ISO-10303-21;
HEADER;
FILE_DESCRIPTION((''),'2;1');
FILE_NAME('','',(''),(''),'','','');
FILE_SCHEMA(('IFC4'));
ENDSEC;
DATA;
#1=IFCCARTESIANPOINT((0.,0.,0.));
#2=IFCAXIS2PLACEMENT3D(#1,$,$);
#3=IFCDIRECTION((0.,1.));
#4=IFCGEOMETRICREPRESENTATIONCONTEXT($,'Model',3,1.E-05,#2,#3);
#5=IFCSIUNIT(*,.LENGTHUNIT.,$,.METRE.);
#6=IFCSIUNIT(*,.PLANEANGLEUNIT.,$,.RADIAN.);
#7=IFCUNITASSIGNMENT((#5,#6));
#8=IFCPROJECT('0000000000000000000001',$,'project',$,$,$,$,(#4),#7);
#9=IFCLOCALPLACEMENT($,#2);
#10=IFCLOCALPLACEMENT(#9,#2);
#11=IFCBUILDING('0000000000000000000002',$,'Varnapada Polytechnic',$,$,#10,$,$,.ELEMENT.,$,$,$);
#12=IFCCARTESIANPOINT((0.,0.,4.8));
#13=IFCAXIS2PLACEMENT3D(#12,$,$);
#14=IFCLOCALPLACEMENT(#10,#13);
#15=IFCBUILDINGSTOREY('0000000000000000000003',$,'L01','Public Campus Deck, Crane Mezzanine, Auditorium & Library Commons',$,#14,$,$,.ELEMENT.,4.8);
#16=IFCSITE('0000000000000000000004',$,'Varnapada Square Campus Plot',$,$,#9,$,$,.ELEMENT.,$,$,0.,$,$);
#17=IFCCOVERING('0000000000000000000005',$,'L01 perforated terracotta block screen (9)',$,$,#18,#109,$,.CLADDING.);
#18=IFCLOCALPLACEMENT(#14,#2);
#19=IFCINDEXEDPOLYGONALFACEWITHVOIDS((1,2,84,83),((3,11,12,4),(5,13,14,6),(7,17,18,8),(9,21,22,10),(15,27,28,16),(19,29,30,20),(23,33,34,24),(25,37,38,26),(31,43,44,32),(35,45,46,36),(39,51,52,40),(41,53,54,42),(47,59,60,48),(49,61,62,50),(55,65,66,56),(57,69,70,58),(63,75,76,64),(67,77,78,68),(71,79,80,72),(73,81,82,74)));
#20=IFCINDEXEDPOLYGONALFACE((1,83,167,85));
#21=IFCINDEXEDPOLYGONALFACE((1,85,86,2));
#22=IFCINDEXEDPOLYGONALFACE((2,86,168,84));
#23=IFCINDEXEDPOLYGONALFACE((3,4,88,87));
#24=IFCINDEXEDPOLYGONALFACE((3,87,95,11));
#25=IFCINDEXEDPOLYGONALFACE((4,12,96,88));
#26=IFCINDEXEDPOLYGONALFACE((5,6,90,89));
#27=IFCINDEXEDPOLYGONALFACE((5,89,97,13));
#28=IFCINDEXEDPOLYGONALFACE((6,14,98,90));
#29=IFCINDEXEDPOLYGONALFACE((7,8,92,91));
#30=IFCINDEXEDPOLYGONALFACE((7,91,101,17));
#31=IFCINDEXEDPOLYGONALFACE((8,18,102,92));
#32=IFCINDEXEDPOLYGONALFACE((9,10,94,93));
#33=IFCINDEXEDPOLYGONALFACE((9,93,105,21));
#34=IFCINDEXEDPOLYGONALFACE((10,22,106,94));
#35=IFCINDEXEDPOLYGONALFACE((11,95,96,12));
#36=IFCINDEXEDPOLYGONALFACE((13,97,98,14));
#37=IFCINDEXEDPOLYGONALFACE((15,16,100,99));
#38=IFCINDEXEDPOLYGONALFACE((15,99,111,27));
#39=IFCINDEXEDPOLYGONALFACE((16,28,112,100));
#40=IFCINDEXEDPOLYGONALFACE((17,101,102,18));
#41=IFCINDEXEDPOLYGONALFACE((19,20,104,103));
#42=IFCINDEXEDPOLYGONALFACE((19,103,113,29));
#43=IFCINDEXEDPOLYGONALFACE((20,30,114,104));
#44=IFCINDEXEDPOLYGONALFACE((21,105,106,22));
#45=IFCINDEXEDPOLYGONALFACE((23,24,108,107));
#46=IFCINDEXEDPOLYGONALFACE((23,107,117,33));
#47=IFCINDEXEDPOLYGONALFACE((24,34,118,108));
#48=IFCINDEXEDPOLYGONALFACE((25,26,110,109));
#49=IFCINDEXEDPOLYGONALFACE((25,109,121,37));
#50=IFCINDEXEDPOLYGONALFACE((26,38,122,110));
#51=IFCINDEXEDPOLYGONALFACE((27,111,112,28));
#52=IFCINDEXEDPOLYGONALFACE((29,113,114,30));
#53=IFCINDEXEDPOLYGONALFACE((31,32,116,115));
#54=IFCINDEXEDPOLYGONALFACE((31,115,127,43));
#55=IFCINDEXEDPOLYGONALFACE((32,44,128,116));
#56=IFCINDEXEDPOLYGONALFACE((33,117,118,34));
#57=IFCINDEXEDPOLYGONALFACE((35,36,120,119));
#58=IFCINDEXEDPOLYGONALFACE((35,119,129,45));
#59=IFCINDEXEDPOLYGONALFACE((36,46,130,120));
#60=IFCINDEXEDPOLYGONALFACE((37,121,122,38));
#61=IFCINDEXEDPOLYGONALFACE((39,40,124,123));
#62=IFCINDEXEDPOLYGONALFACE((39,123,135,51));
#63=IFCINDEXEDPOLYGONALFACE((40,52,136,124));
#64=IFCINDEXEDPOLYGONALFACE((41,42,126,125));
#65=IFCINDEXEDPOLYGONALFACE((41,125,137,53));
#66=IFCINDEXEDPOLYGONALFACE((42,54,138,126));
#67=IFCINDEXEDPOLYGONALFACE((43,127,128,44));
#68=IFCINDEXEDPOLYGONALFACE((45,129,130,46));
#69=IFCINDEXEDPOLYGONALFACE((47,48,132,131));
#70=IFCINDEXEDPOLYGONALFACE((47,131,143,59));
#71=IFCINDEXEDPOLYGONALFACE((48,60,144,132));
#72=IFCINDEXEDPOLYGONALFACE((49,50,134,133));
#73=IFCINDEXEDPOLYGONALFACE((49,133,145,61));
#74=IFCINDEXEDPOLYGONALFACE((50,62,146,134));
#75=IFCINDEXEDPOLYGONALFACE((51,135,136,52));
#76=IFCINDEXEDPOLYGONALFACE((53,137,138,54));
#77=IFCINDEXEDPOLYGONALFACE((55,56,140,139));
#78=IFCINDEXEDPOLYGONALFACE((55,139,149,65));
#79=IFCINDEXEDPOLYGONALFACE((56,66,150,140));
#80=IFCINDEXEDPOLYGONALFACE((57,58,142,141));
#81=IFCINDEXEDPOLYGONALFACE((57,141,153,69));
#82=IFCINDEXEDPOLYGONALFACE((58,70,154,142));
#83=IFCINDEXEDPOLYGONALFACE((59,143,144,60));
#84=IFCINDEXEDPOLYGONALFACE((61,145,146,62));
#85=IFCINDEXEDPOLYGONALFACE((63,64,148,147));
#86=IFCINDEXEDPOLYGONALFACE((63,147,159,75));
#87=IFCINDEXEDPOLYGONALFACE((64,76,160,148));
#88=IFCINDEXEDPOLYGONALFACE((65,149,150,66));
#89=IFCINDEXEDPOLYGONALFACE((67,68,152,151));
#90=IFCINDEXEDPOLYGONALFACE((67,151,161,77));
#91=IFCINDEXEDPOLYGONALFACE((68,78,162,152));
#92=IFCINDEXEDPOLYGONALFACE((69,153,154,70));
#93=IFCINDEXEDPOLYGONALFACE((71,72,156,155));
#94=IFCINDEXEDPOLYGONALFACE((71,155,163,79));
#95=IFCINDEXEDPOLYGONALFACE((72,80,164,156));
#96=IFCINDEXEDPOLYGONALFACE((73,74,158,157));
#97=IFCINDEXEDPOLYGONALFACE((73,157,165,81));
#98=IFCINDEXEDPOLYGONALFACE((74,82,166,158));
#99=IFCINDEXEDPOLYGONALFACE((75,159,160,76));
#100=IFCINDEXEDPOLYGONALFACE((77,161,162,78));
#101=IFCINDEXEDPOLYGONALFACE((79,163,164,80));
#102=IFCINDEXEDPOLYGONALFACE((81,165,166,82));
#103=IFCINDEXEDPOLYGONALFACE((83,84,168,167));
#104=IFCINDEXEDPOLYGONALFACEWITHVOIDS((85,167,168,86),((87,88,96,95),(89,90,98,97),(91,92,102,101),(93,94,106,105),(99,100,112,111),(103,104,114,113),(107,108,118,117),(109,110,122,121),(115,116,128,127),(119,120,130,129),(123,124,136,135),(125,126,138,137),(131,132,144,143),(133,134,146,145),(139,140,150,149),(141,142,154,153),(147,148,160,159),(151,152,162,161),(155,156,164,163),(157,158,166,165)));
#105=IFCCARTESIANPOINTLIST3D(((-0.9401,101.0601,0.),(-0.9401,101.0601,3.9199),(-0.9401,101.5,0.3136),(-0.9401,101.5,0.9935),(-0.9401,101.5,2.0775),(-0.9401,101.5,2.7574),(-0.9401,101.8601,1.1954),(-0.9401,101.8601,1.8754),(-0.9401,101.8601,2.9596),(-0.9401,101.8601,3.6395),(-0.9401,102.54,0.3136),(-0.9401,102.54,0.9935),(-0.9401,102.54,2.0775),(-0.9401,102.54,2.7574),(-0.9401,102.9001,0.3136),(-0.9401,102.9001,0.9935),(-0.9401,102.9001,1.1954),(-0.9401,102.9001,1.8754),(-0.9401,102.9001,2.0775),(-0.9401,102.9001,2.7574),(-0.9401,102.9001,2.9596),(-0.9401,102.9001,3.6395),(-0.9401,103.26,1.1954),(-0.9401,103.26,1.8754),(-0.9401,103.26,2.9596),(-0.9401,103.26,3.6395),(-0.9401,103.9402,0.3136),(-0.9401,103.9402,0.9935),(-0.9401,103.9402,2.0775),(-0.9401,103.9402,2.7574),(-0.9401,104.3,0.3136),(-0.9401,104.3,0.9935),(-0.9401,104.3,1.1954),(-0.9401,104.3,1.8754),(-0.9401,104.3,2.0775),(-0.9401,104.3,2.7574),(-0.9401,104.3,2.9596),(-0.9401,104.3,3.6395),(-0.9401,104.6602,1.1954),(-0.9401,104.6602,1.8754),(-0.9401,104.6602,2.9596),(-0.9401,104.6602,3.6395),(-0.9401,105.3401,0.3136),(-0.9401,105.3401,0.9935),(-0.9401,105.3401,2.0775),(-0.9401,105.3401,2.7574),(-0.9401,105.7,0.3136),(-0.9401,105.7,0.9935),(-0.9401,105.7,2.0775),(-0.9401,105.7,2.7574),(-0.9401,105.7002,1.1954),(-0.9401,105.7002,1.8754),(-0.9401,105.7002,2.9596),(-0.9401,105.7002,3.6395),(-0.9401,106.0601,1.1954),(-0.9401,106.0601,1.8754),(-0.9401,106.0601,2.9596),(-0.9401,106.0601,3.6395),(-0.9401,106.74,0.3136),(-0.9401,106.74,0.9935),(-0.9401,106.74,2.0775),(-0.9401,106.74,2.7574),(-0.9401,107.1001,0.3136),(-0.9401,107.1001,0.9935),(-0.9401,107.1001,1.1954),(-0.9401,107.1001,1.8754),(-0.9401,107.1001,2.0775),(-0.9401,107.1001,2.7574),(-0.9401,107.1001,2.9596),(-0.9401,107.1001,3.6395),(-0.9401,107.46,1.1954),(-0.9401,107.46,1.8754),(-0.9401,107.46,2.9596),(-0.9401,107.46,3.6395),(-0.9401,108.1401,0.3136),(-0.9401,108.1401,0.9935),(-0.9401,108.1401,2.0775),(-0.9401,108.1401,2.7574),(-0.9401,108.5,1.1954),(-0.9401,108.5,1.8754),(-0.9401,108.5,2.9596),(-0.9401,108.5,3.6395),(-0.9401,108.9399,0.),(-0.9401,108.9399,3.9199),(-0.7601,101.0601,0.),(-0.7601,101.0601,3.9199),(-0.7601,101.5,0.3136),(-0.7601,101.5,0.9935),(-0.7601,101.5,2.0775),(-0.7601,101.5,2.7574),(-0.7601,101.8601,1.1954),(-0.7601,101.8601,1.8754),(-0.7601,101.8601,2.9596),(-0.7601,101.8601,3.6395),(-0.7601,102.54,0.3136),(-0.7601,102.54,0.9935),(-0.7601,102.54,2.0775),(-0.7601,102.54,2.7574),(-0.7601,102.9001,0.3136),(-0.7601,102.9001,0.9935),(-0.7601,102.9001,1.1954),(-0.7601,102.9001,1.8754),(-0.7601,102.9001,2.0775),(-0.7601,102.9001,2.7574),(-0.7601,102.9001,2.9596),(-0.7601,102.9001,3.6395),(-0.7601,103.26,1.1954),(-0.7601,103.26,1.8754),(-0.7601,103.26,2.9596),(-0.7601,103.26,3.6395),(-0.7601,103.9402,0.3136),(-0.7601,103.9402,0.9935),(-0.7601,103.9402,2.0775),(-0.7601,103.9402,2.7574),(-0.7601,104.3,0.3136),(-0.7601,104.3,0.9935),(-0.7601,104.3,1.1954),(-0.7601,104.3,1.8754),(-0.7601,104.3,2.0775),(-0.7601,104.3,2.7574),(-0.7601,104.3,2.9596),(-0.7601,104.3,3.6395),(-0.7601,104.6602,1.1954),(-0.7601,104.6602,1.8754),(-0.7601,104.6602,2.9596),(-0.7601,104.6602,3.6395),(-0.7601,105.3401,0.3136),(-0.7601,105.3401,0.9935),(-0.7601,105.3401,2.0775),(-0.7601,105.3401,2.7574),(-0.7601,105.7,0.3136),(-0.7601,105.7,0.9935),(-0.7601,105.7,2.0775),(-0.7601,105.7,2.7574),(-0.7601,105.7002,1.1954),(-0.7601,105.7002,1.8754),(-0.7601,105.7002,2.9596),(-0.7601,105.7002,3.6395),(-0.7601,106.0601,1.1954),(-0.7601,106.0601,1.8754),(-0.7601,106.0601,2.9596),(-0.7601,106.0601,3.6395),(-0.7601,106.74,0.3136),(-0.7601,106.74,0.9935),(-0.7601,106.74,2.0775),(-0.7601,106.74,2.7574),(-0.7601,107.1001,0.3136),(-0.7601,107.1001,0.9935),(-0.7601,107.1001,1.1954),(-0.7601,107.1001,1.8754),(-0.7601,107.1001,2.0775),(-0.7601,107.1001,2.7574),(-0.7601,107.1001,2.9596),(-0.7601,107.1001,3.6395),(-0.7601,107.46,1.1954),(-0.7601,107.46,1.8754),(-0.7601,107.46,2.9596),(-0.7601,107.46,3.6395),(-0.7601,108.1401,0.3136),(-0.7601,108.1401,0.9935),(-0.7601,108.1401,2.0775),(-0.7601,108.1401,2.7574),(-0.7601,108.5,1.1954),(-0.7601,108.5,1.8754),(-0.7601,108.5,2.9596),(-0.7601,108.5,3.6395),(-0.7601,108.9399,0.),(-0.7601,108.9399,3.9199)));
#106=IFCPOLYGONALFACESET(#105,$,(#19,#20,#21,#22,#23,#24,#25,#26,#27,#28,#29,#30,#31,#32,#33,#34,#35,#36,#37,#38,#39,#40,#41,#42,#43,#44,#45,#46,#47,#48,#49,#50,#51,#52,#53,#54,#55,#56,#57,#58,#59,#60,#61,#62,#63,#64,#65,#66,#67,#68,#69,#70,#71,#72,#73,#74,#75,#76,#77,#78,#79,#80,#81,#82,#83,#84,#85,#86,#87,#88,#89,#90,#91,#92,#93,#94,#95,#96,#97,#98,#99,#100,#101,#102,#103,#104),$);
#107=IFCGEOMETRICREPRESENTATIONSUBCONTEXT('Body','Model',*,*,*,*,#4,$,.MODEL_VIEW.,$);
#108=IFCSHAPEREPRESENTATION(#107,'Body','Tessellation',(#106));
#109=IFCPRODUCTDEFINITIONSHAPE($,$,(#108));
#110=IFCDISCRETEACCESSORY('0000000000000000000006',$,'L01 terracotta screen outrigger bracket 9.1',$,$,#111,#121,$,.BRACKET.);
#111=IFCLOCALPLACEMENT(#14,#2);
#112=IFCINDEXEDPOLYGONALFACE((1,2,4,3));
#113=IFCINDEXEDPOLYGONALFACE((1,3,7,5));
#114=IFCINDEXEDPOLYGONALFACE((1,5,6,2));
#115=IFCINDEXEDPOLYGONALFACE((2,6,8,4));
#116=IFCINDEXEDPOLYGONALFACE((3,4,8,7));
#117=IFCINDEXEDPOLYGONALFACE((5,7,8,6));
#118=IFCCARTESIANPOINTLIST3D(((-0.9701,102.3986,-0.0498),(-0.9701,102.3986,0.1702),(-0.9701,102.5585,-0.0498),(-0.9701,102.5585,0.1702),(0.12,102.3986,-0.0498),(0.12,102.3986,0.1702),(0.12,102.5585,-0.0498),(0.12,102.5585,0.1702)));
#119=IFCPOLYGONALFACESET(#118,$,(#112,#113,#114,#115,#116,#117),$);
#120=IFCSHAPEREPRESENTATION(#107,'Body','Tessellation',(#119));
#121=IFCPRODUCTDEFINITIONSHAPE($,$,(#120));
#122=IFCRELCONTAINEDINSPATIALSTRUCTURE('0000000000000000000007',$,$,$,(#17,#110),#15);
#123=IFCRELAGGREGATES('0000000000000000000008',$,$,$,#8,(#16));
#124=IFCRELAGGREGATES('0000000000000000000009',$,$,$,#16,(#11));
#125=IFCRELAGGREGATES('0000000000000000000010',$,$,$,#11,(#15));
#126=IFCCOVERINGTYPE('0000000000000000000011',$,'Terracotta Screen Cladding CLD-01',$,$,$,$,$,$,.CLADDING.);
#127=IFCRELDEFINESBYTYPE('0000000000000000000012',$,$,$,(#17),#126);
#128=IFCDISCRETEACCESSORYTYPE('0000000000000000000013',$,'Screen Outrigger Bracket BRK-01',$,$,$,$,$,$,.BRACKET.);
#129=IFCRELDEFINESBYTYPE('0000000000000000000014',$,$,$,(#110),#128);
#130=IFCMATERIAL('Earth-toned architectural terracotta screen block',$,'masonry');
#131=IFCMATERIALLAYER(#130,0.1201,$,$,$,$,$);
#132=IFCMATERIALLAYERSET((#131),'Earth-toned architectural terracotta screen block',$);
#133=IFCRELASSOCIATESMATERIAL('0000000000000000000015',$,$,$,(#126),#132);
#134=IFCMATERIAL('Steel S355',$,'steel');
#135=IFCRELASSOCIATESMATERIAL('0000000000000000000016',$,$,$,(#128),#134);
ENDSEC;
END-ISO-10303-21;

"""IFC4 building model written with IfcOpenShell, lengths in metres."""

from ifc_helpers import new_model, si_unit, direction, frame, frame_2d, origin, origin_2d, place, context, subcontext, project, spatial, rectangle, extrude, material, layer, layer_set, type_object, element, save


model = new_model("IFC4")

# Units and contexts
model_context = context("Model", 3, precision=1e-05, world=origin(), true_north=direction((0.0, 1.0)))
body_context = subcontext(model_context, "Body", "Model", "MODEL_VIEW")
ifc_project = project(units=[si_unit("LENGTHUNIT", "METRE"), si_unit("PLANEANGLEUNIT", "RADIAN")], contexts=[model_context])

# Site, building, storey
site_placement = place(None, origin())
site = spatial("IfcSite", under=ifc_project, at=site_placement, Name="Varnapada Square Campus Plot", CompositionType="ELEMENT", RefElevation=0.0)
building_placement = place(site_placement, origin())
building = spatial("IfcBuilding", under=site, at=building_placement, Name="Varnapada Polytechnic", CompositionType="ELEMENT")
storey_placement = place(building_placement, frame((0.0, 0.0, 4.8)))
storey = spatial("IfcBuildingStorey", under=building, at=storey_placement, Name="L01", Description="Public Campus Deck, Crane Mezzanine, Auditorium & Library Commons", CompositionType="ELEMENT", Elevation=4.8)

# Covering, openings
ifc_material_1 = material(Name="Earth-toned architectural terracotta screen block", Category="masonry")
ifc_layer_1 = layer(ifc_material_1, 0.1201)
ifc_layer_set_1 = layer_set([ifc_layer_1], Name="Earth-toned architectural terracotta screen block")
covering_type = type_object("IfcCoveringType", Name="Terracotta Screen Cladding CLD-01", PredefinedType="CLADDING", material=ifc_layer_set_1)
covering_placement = place(storey_placement, frame((-0.8501, 101.0601, 0.0), z_axis=(0.0, 0.0, 1.0), x_axis=(0.0, 1.0, 0.0)))
covering = element("IfcCovering", 1, at=covering_placement, inside=storey, type_object=covering_type, Name="L01 perforated terracotta block screen (9)", PredefinedType="CLADDING", context=body_context, shape_type="SweptSolid", body=[
    extrude(rectangle(XDim=7.8799, YDim=0.1799, at=frame_2d((3.9399, 0.0))), origin(), (0.0, 0.0, 1.0), 3.9199),
])
opening_1_placement = place(covering_placement, frame((0.4399, 0.0, 0.3137)))
element("IfcOpeningElement", 2, at=opening_1_placement, cuts=covering, PredefinedType="OPENING", context=body_context, shape_type="SweptSolid", body=[
    extrude(rectangle(XDim=1.04, YDim=0.6799, at=frame_2d((0.52, 0.3398))), frame((0.0, 0.0999, 0.0), z_axis=(0.0, -1.0, 0.0), x_axis=(1.0, 0.0, 0.0)), (0.0, 0.0, 1.0), 0.2),
])
opening_2_placement = place(covering_placement, frame((1.8401, 0.0, 0.3137)))
element("IfcOpeningElement", 3, at=opening_2_placement, cuts=covering, PredefinedType="OPENING", context=body_context, shape_type="SweptSolid", body=[
    extrude(rectangle(XDim=1.04, YDim=0.6799, at=frame_2d((0.52, 0.3398))), frame((0.0, 0.0999, 0.0), z_axis=(0.0, -1.0, 0.0), x_axis=(1.0, 0.0, 0.0)), (0.0, 0.0, 1.0), 0.2),
])
opening_3_placement = place(covering_placement, frame((3.24, 0.0, 0.3137)))
element("IfcOpeningElement", 4, at=opening_3_placement, cuts=covering, PredefinedType="OPENING", context=body_context, shape_type="SweptSolid", body=[
    extrude(rectangle(XDim=1.04, YDim=0.6799, at=frame_2d((0.52, 0.3398))), frame((0.0, 0.0999, 0.0), z_axis=(0.0, -1.0, 0.0), x_axis=(1.0, 0.0, 0.0)), (0.0, 0.0, 1.0), 0.2),
])
opening_4_placement = place(covering_placement, frame((4.6399, 0.0, 0.3137)))
element("IfcOpeningElement", 5, at=opening_4_placement, cuts=covering, PredefinedType="OPENING", context=body_context, shape_type="SweptSolid", body=[
    extrude(rectangle(XDim=1.04, YDim=0.6799, at=frame_2d((0.52, 0.3398))), frame((0.0, 0.0999, 0.0), z_axis=(0.0, -1.0, 0.0), x_axis=(1.0, 0.0, 0.0)), (0.0, 0.0, 1.0), 0.2),
])
opening_5_placement = place(covering_placement, frame((6.04, 0.0, 0.3137)))
element("IfcOpeningElement", 6, at=opening_5_placement, cuts=covering, PredefinedType="OPENING", context=body_context, shape_type="SweptSolid", body=[
    extrude(rectangle(XDim=1.04, YDim=0.6799, at=frame_2d((0.52, 0.3398))), frame((0.0, 0.0999, 0.0), z_axis=(0.0, -1.0, 0.0), x_axis=(1.0, 0.0, 0.0)), (0.0, 0.0, 1.0), 0.2),
])
opening_6_placement = place(covering_placement, frame((0.8, 0.0, 1.1956)))
element("IfcOpeningElement", 7, at=opening_6_placement, cuts=covering, PredefinedType="OPENING", context=body_context, shape_type="SweptSolid", body=[
    extrude(rectangle(XDim=1.04, YDim=0.6799, at=frame_2d((0.52, 0.3398))), frame((0.0, 0.0999, 0.0), z_axis=(0.0, -1.0, 0.0), x_axis=(1.0, 0.0, 0.0)), (0.0, 0.0, 1.0), 0.2),
])
opening_7_placement = place(covering_placement, frame((2.2, 0.0, 1.1956)))
element("IfcOpeningElement", 8, at=opening_7_placement, cuts=covering, PredefinedType="OPENING", context=body_context, shape_type="SweptSolid", body=[
    extrude(rectangle(XDim=1.04, YDim=0.6799, at=frame_2d((0.52, 0.3398))), frame((0.0, 0.0999, 0.0), z_axis=(0.0, -1.0, 0.0), x_axis=(1.0, 0.0, 0.0)), (0.0, 0.0, 1.0), 0.2),
])
opening_8_placement = place(covering_placement, frame((3.6001, 0.0, 1.1956)))
element("IfcOpeningElement", 9, at=opening_8_placement, cuts=covering, PredefinedType="OPENING", context=body_context, shape_type="SweptSolid", body=[
    extrude(rectangle(XDim=1.04, YDim=0.6799, at=frame_2d((0.52, 0.3398))), frame((0.0, 0.0999, 0.0), z_axis=(0.0, -1.0, 0.0), x_axis=(1.0, 0.0, 0.0)), (0.0, 0.0, 1.0), 0.2),
])
opening_9_placement = place(covering_placement, frame((5.0, 0.0, 1.1956)))
element("IfcOpeningElement", 10, at=opening_9_placement, cuts=covering, PredefinedType="OPENING", context=body_context, shape_type="SweptSolid", body=[
    extrude(rectangle(XDim=1.04, YDim=0.6799, at=frame_2d((0.52, 0.3398))), frame((0.0, 0.0999, 0.0), z_axis=(0.0, -1.0, 0.0), x_axis=(1.0, 0.0, 0.0)), (0.0, 0.0, 1.0), 0.2),
])
opening_10_placement = place(covering_placement, frame((6.3999, 0.0, 1.1956)))
element("IfcOpeningElement", 11, at=opening_10_placement, cuts=covering, PredefinedType="OPENING", context=body_context, shape_type="SweptSolid", body=[
    extrude(rectangle(XDim=1.04, YDim=0.6799, at=frame_2d((0.52, 0.3398))), frame((0.0, 0.0999, 0.0), z_axis=(0.0, -1.0, 0.0), x_axis=(1.0, 0.0, 0.0)), (0.0, 0.0, 1.0), 0.2),
])
opening_11_placement = place(covering_placement, frame((0.4399, 0.0, 2.0776)))
element("IfcOpeningElement", 12, at=opening_11_placement, cuts=covering, PredefinedType="OPENING", context=body_context, shape_type="SweptSolid", body=[
    extrude(rectangle(XDim=1.04, YDim=0.6799, at=frame_2d((0.52, 0.3398))), frame((0.0, 0.0999, 0.0), z_axis=(0.0, -1.0, 0.0), x_axis=(1.0, 0.0, 0.0)), (0.0, 0.0, 1.0), 0.2),
])
opening_12_placement = place(covering_placement, frame((1.8401, 0.0, 2.0776)))
element("IfcOpeningElement", 13, at=opening_12_placement, cuts=covering, PredefinedType="OPENING", context=body_context, shape_type="SweptSolid", body=[
    extrude(rectangle(XDim=1.04, YDim=0.6799, at=frame_2d((0.52, 0.3398))), frame((0.0, 0.0999, 0.0), z_axis=(0.0, -1.0, 0.0), x_axis=(1.0, 0.0, 0.0)), (0.0, 0.0, 1.0), 0.2),
])
opening_13_placement = place(covering_placement, frame((3.24, 0.0, 2.0776)))
element("IfcOpeningElement", 14, at=opening_13_placement, cuts=covering, PredefinedType="OPENING", context=body_context, shape_type="SweptSolid", body=[
    extrude(rectangle(XDim=1.04, YDim=0.6799, at=frame_2d((0.52, 0.3398))), frame((0.0, 0.0999, 0.0), z_axis=(0.0, -1.0, 0.0), x_axis=(1.0, 0.0, 0.0)), (0.0, 0.0, 1.0), 0.2),
])
opening_14_placement = place(covering_placement, frame((4.6399, 0.0, 2.0776)))
element("IfcOpeningElement", 15, at=opening_14_placement, cuts=covering, PredefinedType="OPENING", context=body_context, shape_type="SweptSolid", body=[
    extrude(rectangle(XDim=1.04, YDim=0.6799, at=frame_2d((0.52, 0.3398))), frame((0.0, 0.0999, 0.0), z_axis=(0.0, -1.0, 0.0), x_axis=(1.0, 0.0, 0.0)), (0.0, 0.0, 1.0), 0.2),
])
opening_15_placement = place(covering_placement, frame((6.04, 0.0, 2.0776)))
element("IfcOpeningElement", 16, at=opening_15_placement, cuts=covering, PredefinedType="OPENING", context=body_context, shape_type="SweptSolid", body=[
    extrude(rectangle(XDim=1.04, YDim=0.6799, at=frame_2d((0.52, 0.3398))), frame((0.0, 0.0999, 0.0), z_axis=(0.0, -1.0, 0.0), x_axis=(1.0, 0.0, 0.0)), (0.0, 0.0, 1.0), 0.2),
])
opening_16_placement = place(covering_placement, frame((0.8, 0.0, 2.9597)))
element("IfcOpeningElement", 17, at=opening_16_placement, cuts=covering, PredefinedType="OPENING", context=body_context, shape_type="SweptSolid", body=[
    extrude(rectangle(XDim=1.04, YDim=0.6799, at=frame_2d((0.52, 0.3398))), frame((0.0, 0.0999, 0.0), z_axis=(0.0, -1.0, 0.0), x_axis=(1.0, 0.0, 0.0)), (0.0, 0.0, 1.0), 0.2),
])
opening_17_placement = place(covering_placement, frame((2.2, 0.0, 2.9597)))
element("IfcOpeningElement", 18, at=opening_17_placement, cuts=covering, PredefinedType="OPENING", context=body_context, shape_type="SweptSolid", body=[
    extrude(rectangle(XDim=1.04, YDim=0.6799, at=frame_2d((0.52, 0.3398))), frame((0.0, 0.0999, 0.0), z_axis=(0.0, -1.0, 0.0), x_axis=(1.0, 0.0, 0.0)), (0.0, 0.0, 1.0), 0.2),
])
opening_18_placement = place(covering_placement, frame((3.6001, 0.0, 2.9597)))
element("IfcOpeningElement", 19, at=opening_18_placement, cuts=covering, PredefinedType="OPENING", context=body_context, shape_type="SweptSolid", body=[
    extrude(rectangle(XDim=1.04, YDim=0.6799, at=frame_2d((0.52, 0.3398))), frame((0.0, 0.0999, 0.0), z_axis=(0.0, -1.0, 0.0), x_axis=(1.0, 0.0, 0.0)), (0.0, 0.0, 1.0), 0.2),
])
opening_19_placement = place(covering_placement, frame((5.0, 0.0, 2.9597)))
element("IfcOpeningElement", 20, at=opening_19_placement, cuts=covering, PredefinedType="OPENING", context=body_context, shape_type="SweptSolid", body=[
    extrude(rectangle(XDim=1.04, YDim=0.6799, at=frame_2d((0.52, 0.3398))), frame((0.0, 0.0999, 0.0), z_axis=(0.0, -1.0, 0.0), x_axis=(1.0, 0.0, 0.0)), (0.0, 0.0, 1.0), 0.2),
])
opening_20_placement = place(covering_placement, frame((6.3999, 0.0, 2.9597)))
element("IfcOpeningElement", 21, at=opening_20_placement, cuts=covering, PredefinedType="OPENING", context=body_context, shape_type="SweptSolid", body=[
    extrude(rectangle(XDim=1.04, YDim=0.6799, at=frame_2d((0.52, 0.3398))), frame((0.0, 0.0999, 0.0), z_axis=(0.0, -1.0, 0.0), x_axis=(1.0, 0.0, 0.0)), (0.0, 0.0, 1.0), 0.2),
])

# Discrete accessory
ifc_material_2 = material(Name="Steel S355", Category="steel")
discrete_accessory_type = type_object("IfcDiscreteAccessoryType", Name="Screen Outrigger Bracket BRK-01", PredefinedType="BRACKET", material=ifc_material_2)
discrete_accessory_placement = place(storey_placement, frame((-0.425, 102.4785, -0.0498), z_axis=(0.0, 0.0, 1.0), x_axis=(0.0, 1.0, 0.0)))
element("IfcDiscreteAccessory", 22, at=discrete_accessory_placement, inside=storey, type_object=discrete_accessory_type, Name="L01 terracotta screen outrigger bracket 9.1", PredefinedType="BRACKET", context=body_context, shape_type="SweptSolid", body=[
    extrude(rectangle(XDim=0.1599, YDim=1.0901, at=origin_2d()), origin(), (0.0, 0.0, 1.0), 0.22),
])

save(model, "model.ifc")
